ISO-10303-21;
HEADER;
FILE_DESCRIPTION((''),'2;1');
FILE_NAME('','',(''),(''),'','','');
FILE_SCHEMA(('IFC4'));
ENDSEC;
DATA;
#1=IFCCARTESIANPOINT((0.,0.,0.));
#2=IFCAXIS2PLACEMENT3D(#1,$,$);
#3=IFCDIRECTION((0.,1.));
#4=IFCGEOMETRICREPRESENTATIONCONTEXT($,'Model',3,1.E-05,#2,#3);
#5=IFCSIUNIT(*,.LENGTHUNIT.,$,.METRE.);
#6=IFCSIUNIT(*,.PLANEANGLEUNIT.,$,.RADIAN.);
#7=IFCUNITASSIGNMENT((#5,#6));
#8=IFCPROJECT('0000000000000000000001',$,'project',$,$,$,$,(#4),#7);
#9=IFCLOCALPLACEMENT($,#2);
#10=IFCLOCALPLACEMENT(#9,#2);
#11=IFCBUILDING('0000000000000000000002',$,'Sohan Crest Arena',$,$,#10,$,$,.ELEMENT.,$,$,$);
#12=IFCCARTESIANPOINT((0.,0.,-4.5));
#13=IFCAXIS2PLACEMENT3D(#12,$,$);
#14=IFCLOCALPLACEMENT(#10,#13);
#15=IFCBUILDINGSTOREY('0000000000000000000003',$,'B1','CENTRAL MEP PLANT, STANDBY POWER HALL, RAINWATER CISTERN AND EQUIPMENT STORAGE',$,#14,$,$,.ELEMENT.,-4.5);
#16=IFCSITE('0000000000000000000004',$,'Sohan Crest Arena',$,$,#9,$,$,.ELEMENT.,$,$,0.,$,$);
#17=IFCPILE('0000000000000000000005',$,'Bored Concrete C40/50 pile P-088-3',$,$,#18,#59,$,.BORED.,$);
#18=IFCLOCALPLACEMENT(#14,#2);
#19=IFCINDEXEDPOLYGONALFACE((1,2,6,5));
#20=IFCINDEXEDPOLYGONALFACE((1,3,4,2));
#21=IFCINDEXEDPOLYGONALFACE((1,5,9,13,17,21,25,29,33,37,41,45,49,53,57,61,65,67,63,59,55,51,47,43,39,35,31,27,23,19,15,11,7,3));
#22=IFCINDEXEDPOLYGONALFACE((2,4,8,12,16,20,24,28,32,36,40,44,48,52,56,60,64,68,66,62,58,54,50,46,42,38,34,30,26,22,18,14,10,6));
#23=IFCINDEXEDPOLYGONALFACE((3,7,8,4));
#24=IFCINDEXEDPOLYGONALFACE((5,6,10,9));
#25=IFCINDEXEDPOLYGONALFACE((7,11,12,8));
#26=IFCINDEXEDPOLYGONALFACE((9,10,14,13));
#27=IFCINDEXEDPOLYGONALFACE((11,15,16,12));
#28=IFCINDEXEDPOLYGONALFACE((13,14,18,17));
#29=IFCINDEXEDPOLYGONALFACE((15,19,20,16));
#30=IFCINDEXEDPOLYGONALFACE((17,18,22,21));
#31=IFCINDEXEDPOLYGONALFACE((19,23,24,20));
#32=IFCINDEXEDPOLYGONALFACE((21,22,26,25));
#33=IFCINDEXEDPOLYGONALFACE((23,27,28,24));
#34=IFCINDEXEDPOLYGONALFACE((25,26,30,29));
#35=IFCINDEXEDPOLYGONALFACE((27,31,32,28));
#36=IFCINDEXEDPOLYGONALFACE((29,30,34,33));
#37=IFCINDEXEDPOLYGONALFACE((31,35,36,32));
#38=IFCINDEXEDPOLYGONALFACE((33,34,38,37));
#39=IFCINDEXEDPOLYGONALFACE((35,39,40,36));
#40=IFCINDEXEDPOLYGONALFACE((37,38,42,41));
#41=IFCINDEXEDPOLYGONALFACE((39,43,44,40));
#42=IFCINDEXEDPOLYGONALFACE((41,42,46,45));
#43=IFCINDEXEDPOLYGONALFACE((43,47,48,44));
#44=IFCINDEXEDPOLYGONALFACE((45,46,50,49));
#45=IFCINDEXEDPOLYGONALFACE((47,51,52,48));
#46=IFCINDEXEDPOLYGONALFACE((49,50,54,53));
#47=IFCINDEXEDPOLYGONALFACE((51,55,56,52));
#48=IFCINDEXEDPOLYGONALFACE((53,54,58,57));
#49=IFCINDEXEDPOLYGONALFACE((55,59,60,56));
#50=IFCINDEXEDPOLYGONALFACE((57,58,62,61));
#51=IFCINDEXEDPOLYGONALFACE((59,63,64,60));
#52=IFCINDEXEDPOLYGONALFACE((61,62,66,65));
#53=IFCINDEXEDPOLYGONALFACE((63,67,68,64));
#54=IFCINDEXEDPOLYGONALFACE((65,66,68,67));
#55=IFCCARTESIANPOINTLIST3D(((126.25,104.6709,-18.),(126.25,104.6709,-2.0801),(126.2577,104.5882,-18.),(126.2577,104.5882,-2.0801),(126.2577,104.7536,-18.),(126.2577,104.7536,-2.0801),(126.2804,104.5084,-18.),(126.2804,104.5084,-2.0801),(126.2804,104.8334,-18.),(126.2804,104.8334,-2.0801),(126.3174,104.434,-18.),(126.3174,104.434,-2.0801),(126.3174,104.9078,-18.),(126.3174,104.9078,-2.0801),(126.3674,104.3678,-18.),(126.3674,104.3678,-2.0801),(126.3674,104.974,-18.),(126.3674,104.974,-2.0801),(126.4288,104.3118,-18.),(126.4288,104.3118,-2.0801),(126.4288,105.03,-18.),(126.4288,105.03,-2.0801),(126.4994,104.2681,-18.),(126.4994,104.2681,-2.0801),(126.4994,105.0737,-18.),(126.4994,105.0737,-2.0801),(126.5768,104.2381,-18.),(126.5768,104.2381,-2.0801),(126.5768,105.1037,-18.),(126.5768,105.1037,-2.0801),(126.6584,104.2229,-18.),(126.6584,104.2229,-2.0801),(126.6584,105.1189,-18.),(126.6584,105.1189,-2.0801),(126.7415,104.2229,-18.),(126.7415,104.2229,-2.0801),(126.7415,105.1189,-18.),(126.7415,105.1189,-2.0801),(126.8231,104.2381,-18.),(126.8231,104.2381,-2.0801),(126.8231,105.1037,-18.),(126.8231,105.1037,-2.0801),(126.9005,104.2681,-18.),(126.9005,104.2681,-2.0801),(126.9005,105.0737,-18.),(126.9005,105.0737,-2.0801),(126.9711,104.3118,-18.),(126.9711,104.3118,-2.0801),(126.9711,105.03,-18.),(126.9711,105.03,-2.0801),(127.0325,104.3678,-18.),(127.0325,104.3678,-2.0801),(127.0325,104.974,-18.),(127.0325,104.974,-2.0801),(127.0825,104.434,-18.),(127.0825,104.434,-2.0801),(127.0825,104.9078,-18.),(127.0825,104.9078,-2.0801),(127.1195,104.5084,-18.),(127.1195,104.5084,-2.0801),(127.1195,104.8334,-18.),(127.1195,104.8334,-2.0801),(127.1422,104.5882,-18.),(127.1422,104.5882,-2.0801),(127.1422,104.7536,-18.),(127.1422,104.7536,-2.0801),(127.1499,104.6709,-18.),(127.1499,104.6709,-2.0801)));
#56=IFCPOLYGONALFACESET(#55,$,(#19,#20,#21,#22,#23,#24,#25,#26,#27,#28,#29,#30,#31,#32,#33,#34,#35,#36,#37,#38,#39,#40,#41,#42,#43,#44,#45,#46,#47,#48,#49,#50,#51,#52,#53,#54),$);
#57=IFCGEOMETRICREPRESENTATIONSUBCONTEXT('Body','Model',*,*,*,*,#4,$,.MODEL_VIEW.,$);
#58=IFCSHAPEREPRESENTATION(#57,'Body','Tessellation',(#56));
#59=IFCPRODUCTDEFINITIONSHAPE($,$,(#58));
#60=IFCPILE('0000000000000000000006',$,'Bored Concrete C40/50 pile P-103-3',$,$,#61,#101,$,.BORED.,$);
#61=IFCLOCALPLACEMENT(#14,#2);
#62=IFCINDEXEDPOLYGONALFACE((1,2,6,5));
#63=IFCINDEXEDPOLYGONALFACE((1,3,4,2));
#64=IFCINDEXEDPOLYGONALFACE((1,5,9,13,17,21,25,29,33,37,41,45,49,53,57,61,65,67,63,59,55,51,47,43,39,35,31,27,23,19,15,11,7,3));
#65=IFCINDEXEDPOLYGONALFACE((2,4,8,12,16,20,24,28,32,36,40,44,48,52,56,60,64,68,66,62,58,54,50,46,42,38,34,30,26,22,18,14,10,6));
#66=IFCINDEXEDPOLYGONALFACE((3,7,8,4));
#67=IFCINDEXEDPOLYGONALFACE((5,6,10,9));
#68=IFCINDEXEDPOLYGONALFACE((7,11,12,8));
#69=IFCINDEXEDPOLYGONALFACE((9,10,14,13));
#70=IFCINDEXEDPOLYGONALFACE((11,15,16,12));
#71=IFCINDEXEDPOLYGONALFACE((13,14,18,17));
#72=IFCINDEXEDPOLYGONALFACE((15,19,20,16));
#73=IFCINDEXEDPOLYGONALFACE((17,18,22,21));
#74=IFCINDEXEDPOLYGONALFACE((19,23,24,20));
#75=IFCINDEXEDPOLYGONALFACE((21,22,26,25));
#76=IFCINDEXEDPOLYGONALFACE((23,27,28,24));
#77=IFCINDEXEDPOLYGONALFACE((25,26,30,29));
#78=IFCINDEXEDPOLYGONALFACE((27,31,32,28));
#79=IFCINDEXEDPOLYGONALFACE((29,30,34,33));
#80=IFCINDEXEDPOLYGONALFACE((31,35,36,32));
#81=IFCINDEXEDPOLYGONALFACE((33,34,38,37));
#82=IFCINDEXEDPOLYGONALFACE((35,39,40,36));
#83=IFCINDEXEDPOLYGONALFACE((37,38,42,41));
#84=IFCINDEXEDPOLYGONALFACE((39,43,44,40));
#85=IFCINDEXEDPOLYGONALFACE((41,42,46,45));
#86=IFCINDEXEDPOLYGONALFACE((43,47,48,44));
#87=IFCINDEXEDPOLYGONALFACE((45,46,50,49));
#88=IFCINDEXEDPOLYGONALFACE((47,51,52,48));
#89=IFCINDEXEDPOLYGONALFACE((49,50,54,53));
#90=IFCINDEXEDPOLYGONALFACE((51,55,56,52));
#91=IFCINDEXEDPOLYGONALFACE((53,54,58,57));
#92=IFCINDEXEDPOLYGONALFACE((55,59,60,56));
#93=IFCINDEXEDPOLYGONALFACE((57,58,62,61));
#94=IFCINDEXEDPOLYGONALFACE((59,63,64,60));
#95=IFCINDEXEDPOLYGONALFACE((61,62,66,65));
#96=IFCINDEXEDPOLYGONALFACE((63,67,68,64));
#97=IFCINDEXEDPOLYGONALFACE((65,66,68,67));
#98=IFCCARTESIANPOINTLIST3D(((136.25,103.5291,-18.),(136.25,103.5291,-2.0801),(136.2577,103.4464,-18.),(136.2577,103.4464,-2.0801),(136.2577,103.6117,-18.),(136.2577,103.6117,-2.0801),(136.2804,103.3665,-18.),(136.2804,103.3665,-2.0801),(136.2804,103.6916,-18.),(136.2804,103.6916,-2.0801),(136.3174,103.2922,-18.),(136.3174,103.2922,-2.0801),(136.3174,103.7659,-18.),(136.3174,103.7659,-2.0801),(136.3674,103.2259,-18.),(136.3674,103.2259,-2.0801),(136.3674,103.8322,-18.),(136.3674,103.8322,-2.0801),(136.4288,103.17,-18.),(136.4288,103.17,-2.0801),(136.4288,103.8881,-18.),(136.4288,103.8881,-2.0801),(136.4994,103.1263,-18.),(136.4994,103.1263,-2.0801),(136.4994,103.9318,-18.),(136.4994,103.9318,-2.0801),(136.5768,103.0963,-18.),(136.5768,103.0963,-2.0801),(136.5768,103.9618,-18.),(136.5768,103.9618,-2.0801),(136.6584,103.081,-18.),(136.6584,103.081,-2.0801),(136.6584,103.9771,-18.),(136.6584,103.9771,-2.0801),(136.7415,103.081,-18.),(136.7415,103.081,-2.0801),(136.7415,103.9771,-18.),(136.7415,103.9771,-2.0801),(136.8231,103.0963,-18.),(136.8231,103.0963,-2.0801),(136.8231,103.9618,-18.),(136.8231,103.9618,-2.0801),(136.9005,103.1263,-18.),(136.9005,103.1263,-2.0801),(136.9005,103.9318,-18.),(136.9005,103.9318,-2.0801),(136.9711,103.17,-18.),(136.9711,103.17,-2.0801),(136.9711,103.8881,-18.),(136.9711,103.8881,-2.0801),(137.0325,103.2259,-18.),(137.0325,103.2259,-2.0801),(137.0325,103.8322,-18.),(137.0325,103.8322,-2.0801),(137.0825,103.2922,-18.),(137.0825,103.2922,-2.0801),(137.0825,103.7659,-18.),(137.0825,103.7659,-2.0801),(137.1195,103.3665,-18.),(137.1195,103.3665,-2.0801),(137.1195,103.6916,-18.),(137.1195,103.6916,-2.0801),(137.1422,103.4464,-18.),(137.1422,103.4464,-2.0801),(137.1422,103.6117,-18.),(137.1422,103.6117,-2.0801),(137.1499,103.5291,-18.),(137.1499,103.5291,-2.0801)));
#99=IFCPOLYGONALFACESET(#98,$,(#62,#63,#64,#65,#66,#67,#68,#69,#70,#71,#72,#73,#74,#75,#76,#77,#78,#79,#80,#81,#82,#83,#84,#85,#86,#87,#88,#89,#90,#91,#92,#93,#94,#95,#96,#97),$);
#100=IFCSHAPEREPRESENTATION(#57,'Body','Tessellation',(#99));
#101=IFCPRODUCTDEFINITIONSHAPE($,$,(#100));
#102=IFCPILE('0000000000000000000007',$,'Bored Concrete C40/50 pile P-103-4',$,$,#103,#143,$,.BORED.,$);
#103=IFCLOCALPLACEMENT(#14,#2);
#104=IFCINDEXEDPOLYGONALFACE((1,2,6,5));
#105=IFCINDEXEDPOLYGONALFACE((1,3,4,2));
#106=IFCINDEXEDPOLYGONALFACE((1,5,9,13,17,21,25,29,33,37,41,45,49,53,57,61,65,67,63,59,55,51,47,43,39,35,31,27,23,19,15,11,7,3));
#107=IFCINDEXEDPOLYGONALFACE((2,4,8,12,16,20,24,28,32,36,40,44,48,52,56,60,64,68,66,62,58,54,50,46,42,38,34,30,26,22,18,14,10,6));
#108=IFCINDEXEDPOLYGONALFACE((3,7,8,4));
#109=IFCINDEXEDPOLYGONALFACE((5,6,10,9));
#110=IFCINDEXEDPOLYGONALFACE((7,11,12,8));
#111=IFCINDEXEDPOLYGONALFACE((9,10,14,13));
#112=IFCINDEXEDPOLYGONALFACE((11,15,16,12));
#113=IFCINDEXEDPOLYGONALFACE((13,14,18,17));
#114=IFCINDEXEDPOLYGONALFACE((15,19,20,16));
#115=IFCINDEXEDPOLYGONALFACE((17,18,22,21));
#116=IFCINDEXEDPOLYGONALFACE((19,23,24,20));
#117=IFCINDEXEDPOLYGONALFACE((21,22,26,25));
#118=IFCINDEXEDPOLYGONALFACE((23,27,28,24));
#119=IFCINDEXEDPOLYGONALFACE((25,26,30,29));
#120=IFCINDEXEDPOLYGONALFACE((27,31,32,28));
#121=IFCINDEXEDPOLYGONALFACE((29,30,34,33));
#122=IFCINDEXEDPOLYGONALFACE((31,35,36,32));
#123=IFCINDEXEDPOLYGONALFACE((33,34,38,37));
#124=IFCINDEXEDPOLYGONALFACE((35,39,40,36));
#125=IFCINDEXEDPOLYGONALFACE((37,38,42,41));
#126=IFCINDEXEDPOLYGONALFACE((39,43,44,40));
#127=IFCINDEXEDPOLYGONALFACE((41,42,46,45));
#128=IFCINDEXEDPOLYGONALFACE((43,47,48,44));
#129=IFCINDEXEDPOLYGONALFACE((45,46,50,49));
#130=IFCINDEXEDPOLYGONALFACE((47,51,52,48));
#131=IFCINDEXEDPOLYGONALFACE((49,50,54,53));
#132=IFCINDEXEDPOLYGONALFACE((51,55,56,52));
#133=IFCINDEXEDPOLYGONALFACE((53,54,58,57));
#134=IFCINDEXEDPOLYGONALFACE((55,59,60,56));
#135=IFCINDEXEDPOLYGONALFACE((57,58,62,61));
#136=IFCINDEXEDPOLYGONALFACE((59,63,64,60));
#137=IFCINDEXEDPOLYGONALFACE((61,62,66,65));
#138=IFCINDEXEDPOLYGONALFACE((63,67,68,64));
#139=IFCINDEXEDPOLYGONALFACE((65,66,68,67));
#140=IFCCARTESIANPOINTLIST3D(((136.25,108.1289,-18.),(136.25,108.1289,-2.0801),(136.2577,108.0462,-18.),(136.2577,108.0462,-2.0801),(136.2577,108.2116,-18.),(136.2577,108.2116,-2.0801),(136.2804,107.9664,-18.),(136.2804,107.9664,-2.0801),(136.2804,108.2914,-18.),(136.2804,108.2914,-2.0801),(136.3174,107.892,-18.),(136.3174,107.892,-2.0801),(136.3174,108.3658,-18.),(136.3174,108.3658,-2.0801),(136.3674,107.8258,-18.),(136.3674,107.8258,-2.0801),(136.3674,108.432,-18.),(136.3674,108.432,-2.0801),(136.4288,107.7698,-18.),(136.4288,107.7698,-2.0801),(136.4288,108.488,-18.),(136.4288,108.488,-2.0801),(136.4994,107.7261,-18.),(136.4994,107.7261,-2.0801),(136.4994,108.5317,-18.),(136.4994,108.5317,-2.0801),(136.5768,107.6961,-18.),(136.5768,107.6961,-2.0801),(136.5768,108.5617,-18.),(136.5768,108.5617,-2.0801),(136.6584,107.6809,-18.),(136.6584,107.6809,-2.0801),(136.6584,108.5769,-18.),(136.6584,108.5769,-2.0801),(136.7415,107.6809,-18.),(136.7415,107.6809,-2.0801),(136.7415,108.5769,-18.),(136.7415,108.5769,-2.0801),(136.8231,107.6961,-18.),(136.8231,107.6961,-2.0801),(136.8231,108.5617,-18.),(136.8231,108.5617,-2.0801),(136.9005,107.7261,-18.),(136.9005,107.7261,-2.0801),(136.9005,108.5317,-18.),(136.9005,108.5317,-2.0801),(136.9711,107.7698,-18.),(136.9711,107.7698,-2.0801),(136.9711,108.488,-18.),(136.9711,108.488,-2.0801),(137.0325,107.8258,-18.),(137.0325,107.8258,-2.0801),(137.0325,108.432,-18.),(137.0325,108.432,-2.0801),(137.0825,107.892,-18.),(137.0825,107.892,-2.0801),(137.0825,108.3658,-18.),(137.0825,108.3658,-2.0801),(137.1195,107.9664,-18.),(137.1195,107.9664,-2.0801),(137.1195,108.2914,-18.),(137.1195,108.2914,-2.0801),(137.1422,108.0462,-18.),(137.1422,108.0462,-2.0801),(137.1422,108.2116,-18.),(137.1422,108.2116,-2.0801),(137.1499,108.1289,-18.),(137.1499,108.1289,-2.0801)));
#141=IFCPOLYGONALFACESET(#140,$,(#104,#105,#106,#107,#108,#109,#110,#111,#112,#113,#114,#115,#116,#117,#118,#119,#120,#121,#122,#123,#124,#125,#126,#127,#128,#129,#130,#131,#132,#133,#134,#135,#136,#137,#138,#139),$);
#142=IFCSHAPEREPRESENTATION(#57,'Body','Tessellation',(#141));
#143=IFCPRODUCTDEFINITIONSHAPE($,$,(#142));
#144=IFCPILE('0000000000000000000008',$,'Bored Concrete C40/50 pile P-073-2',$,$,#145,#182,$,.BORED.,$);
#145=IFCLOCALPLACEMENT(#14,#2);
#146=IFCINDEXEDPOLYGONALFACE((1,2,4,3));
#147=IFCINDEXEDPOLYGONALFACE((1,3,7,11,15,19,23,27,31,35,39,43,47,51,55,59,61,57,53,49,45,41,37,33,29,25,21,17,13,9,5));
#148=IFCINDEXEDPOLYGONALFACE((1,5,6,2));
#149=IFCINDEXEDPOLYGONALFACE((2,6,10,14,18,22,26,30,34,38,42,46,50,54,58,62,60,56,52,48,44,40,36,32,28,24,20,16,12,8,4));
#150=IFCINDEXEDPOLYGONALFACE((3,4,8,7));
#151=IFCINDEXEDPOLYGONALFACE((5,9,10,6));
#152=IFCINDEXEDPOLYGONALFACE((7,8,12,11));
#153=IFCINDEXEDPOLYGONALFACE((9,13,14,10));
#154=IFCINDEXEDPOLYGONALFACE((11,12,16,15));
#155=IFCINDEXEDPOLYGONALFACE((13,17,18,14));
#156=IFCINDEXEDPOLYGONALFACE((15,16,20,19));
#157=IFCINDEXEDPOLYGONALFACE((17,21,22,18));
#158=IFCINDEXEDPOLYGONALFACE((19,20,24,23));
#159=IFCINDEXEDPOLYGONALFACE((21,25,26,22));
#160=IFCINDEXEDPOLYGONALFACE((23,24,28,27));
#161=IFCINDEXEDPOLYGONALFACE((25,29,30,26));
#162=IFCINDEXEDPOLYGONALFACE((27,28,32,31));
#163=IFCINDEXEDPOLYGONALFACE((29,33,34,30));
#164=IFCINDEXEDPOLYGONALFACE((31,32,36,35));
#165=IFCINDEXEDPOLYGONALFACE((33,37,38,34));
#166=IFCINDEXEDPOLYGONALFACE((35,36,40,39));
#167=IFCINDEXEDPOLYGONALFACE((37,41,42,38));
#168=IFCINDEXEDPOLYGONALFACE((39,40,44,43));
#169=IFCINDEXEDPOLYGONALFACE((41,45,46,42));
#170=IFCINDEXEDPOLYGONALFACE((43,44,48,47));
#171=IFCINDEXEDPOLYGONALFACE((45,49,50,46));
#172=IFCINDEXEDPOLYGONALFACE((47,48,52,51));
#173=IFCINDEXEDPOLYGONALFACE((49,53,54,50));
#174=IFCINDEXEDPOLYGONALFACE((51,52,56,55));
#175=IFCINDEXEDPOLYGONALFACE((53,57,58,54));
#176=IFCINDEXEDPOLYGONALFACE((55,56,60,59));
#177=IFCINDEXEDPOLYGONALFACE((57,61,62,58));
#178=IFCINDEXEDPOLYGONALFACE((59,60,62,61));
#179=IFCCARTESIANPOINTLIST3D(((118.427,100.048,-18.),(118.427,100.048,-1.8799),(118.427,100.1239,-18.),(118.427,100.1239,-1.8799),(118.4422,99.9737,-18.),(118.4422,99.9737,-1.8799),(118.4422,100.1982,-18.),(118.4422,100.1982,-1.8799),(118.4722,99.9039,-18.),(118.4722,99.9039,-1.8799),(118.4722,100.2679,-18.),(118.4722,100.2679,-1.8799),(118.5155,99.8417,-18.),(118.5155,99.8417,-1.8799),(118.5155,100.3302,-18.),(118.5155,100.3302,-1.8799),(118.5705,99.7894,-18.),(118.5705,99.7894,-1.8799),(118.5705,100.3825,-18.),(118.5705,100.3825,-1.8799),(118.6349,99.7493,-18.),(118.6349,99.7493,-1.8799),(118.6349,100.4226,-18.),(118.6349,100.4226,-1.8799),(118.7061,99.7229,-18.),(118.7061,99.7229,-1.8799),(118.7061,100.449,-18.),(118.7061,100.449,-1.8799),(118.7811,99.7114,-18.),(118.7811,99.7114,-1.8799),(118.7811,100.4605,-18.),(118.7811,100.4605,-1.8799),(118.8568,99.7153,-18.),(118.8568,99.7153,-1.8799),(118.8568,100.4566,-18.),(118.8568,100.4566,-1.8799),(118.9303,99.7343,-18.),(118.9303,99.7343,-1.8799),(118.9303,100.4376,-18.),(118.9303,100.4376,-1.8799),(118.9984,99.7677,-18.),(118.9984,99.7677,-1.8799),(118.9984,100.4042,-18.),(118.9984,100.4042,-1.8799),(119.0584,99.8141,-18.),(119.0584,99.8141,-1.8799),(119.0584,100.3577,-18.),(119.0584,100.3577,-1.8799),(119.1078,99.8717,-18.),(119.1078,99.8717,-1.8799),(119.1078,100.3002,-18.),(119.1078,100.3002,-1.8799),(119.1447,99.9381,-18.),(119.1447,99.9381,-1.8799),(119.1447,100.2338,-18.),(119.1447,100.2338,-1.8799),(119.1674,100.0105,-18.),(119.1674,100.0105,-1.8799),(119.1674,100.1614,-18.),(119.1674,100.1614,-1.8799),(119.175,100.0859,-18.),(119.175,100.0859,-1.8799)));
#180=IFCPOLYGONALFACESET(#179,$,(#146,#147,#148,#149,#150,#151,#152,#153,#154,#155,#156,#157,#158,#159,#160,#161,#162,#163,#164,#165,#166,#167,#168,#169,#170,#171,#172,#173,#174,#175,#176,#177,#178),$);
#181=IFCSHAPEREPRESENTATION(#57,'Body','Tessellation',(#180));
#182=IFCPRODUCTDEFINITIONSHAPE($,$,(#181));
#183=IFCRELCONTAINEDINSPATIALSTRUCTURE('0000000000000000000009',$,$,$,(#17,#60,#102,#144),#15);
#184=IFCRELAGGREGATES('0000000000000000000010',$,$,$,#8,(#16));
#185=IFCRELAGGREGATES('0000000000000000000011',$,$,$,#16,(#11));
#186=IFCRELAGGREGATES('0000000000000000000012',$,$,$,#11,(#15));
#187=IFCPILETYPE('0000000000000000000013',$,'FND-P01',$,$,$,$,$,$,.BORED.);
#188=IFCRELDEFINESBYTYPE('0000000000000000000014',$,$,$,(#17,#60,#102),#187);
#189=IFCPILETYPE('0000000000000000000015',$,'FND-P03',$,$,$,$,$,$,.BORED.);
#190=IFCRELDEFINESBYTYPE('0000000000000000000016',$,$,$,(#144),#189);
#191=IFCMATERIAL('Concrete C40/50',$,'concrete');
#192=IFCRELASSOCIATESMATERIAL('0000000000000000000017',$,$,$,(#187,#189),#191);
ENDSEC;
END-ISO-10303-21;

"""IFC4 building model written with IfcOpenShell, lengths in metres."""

from ifc_helpers import new_model, si_unit, direction, frame, origin, origin_2d, place, context, subcontext, project, spatial, circle, extrude, material, material_profile, profile_set, type_object, element, save


model = new_model("IFC4")

# Units and contexts
model_context = context("Model", 3, precision=1e-05, world=origin(), true_north=direction((0.0, 1.0)))
body_context = subcontext(model_context, "Body", "Model", "MODEL_VIEW")
ifc_project = project(units=[si_unit("LENGTHUNIT", "METRE"), si_unit("PLANEANGLEUNIT", "RADIAN")], contexts=[model_context])

# Site, building, storey
site_placement = place(None, origin())
site = spatial("IfcSite", under=ifc_project, at=site_placement, Name="Sohan Crest Arena", CompositionType="ELEMENT", RefElevation=0.0)
building_placement = place(site_placement, origin())
building = spatial("IfcBuilding", under=site, at=building_placement, Name="Sohan Crest Arena", CompositionType="ELEMENT")
storey_placement = place(building_placement, frame((0.0, 0.0, -4.5)))
storey = spatial("IfcBuildingStorey", under=building, at=storey_placement, Name="B1", Description="CENTRAL MEP PLANT, STANDBY POWER HALL, RAINWATER CISTERN AND EQUIPMENT STORAGE", CompositionType="ELEMENT", Elevation=-4.5)

# Shared definitions
ifc_material_1 = material(Name="Concrete C40/50", Category="concrete")

# Piles
ifc_material_profile_1 = material_profile(ifc_material_1, circle(Radius=0.45, at=origin_2d()), Name="PILE D900")
ifc_profile_set_1 = profile_set([ifc_material_profile_1], Name="Concrete C40/50")
pile_type_1 = type_object("IfcPileType", Name="FND-P01", PredefinedType="BORED", material=ifc_profile_set_1)
for number, where, z_axis, x_axis, name in (
    (1, (126.7, 104.6709, -18.0), (0.0, 0.0, 1.0), (1.0, 0.0, 0.0), "Bored Concrete C40/50 pile P-088-3"),
    (2, (136.7, 103.5291, -18.0), (0.0, 0.0, 1.0), (1.0, 0.0, 0.0), "Bored Concrete C40/50 pile P-103-3"),
    (3, (136.7, 108.1289, -18.0), (0.0, 0.0, 1.0), (1.0, 0.0, 0.0), "Bored Concrete C40/50 pile P-103-4"),
):
    element("IfcPile", number, at=place(storey_placement, frame(where, z_axis=z_axis, x_axis=x_axis)), inside=storey, type_object=pile_type_1, Name=name, PredefinedType="BORED", context=body_context, shape_type="SweptSolid", body=[
        extrude(circle(Radius=0.45, at=origin_2d()), origin(), (0.0, 0.0, 1.0), 15.9199),
    ])
ifc_material_profile_2 = material_profile(ifc_material_1, circle(Radius=0.375, at=origin_2d()), Name="PILE D750")
ifc_profile_set_2 = profile_set([ifc_material_profile_2], Name="Concrete C40/50")
pile_type_2 = type_object("IfcPileType", Name="FND-P03", PredefinedType="BORED", material=ifc_profile_set_2)
for number, where, z_axis, x_axis, name in (
    (4, (118.8, 100.0859, -18.0), (0.0, 0.0, 1.0), (1.0, 0.0, 0.0), "Bored Concrete C40/50 pile P-073-2"),
):
    element("IfcPile", number, at=place(storey_placement, frame(where, z_axis=z_axis, x_axis=x_axis)), inside=storey, type_object=pile_type_2, Name=name, PredefinedType="BORED", context=body_context, shape_type="SweptSolid", body=[
        extrude(circle(Radius=0.375, at=origin_2d()), origin(), (0.0, 0.0, 1.0), 16.1201),
    ])

save(model, "model.ifc")
